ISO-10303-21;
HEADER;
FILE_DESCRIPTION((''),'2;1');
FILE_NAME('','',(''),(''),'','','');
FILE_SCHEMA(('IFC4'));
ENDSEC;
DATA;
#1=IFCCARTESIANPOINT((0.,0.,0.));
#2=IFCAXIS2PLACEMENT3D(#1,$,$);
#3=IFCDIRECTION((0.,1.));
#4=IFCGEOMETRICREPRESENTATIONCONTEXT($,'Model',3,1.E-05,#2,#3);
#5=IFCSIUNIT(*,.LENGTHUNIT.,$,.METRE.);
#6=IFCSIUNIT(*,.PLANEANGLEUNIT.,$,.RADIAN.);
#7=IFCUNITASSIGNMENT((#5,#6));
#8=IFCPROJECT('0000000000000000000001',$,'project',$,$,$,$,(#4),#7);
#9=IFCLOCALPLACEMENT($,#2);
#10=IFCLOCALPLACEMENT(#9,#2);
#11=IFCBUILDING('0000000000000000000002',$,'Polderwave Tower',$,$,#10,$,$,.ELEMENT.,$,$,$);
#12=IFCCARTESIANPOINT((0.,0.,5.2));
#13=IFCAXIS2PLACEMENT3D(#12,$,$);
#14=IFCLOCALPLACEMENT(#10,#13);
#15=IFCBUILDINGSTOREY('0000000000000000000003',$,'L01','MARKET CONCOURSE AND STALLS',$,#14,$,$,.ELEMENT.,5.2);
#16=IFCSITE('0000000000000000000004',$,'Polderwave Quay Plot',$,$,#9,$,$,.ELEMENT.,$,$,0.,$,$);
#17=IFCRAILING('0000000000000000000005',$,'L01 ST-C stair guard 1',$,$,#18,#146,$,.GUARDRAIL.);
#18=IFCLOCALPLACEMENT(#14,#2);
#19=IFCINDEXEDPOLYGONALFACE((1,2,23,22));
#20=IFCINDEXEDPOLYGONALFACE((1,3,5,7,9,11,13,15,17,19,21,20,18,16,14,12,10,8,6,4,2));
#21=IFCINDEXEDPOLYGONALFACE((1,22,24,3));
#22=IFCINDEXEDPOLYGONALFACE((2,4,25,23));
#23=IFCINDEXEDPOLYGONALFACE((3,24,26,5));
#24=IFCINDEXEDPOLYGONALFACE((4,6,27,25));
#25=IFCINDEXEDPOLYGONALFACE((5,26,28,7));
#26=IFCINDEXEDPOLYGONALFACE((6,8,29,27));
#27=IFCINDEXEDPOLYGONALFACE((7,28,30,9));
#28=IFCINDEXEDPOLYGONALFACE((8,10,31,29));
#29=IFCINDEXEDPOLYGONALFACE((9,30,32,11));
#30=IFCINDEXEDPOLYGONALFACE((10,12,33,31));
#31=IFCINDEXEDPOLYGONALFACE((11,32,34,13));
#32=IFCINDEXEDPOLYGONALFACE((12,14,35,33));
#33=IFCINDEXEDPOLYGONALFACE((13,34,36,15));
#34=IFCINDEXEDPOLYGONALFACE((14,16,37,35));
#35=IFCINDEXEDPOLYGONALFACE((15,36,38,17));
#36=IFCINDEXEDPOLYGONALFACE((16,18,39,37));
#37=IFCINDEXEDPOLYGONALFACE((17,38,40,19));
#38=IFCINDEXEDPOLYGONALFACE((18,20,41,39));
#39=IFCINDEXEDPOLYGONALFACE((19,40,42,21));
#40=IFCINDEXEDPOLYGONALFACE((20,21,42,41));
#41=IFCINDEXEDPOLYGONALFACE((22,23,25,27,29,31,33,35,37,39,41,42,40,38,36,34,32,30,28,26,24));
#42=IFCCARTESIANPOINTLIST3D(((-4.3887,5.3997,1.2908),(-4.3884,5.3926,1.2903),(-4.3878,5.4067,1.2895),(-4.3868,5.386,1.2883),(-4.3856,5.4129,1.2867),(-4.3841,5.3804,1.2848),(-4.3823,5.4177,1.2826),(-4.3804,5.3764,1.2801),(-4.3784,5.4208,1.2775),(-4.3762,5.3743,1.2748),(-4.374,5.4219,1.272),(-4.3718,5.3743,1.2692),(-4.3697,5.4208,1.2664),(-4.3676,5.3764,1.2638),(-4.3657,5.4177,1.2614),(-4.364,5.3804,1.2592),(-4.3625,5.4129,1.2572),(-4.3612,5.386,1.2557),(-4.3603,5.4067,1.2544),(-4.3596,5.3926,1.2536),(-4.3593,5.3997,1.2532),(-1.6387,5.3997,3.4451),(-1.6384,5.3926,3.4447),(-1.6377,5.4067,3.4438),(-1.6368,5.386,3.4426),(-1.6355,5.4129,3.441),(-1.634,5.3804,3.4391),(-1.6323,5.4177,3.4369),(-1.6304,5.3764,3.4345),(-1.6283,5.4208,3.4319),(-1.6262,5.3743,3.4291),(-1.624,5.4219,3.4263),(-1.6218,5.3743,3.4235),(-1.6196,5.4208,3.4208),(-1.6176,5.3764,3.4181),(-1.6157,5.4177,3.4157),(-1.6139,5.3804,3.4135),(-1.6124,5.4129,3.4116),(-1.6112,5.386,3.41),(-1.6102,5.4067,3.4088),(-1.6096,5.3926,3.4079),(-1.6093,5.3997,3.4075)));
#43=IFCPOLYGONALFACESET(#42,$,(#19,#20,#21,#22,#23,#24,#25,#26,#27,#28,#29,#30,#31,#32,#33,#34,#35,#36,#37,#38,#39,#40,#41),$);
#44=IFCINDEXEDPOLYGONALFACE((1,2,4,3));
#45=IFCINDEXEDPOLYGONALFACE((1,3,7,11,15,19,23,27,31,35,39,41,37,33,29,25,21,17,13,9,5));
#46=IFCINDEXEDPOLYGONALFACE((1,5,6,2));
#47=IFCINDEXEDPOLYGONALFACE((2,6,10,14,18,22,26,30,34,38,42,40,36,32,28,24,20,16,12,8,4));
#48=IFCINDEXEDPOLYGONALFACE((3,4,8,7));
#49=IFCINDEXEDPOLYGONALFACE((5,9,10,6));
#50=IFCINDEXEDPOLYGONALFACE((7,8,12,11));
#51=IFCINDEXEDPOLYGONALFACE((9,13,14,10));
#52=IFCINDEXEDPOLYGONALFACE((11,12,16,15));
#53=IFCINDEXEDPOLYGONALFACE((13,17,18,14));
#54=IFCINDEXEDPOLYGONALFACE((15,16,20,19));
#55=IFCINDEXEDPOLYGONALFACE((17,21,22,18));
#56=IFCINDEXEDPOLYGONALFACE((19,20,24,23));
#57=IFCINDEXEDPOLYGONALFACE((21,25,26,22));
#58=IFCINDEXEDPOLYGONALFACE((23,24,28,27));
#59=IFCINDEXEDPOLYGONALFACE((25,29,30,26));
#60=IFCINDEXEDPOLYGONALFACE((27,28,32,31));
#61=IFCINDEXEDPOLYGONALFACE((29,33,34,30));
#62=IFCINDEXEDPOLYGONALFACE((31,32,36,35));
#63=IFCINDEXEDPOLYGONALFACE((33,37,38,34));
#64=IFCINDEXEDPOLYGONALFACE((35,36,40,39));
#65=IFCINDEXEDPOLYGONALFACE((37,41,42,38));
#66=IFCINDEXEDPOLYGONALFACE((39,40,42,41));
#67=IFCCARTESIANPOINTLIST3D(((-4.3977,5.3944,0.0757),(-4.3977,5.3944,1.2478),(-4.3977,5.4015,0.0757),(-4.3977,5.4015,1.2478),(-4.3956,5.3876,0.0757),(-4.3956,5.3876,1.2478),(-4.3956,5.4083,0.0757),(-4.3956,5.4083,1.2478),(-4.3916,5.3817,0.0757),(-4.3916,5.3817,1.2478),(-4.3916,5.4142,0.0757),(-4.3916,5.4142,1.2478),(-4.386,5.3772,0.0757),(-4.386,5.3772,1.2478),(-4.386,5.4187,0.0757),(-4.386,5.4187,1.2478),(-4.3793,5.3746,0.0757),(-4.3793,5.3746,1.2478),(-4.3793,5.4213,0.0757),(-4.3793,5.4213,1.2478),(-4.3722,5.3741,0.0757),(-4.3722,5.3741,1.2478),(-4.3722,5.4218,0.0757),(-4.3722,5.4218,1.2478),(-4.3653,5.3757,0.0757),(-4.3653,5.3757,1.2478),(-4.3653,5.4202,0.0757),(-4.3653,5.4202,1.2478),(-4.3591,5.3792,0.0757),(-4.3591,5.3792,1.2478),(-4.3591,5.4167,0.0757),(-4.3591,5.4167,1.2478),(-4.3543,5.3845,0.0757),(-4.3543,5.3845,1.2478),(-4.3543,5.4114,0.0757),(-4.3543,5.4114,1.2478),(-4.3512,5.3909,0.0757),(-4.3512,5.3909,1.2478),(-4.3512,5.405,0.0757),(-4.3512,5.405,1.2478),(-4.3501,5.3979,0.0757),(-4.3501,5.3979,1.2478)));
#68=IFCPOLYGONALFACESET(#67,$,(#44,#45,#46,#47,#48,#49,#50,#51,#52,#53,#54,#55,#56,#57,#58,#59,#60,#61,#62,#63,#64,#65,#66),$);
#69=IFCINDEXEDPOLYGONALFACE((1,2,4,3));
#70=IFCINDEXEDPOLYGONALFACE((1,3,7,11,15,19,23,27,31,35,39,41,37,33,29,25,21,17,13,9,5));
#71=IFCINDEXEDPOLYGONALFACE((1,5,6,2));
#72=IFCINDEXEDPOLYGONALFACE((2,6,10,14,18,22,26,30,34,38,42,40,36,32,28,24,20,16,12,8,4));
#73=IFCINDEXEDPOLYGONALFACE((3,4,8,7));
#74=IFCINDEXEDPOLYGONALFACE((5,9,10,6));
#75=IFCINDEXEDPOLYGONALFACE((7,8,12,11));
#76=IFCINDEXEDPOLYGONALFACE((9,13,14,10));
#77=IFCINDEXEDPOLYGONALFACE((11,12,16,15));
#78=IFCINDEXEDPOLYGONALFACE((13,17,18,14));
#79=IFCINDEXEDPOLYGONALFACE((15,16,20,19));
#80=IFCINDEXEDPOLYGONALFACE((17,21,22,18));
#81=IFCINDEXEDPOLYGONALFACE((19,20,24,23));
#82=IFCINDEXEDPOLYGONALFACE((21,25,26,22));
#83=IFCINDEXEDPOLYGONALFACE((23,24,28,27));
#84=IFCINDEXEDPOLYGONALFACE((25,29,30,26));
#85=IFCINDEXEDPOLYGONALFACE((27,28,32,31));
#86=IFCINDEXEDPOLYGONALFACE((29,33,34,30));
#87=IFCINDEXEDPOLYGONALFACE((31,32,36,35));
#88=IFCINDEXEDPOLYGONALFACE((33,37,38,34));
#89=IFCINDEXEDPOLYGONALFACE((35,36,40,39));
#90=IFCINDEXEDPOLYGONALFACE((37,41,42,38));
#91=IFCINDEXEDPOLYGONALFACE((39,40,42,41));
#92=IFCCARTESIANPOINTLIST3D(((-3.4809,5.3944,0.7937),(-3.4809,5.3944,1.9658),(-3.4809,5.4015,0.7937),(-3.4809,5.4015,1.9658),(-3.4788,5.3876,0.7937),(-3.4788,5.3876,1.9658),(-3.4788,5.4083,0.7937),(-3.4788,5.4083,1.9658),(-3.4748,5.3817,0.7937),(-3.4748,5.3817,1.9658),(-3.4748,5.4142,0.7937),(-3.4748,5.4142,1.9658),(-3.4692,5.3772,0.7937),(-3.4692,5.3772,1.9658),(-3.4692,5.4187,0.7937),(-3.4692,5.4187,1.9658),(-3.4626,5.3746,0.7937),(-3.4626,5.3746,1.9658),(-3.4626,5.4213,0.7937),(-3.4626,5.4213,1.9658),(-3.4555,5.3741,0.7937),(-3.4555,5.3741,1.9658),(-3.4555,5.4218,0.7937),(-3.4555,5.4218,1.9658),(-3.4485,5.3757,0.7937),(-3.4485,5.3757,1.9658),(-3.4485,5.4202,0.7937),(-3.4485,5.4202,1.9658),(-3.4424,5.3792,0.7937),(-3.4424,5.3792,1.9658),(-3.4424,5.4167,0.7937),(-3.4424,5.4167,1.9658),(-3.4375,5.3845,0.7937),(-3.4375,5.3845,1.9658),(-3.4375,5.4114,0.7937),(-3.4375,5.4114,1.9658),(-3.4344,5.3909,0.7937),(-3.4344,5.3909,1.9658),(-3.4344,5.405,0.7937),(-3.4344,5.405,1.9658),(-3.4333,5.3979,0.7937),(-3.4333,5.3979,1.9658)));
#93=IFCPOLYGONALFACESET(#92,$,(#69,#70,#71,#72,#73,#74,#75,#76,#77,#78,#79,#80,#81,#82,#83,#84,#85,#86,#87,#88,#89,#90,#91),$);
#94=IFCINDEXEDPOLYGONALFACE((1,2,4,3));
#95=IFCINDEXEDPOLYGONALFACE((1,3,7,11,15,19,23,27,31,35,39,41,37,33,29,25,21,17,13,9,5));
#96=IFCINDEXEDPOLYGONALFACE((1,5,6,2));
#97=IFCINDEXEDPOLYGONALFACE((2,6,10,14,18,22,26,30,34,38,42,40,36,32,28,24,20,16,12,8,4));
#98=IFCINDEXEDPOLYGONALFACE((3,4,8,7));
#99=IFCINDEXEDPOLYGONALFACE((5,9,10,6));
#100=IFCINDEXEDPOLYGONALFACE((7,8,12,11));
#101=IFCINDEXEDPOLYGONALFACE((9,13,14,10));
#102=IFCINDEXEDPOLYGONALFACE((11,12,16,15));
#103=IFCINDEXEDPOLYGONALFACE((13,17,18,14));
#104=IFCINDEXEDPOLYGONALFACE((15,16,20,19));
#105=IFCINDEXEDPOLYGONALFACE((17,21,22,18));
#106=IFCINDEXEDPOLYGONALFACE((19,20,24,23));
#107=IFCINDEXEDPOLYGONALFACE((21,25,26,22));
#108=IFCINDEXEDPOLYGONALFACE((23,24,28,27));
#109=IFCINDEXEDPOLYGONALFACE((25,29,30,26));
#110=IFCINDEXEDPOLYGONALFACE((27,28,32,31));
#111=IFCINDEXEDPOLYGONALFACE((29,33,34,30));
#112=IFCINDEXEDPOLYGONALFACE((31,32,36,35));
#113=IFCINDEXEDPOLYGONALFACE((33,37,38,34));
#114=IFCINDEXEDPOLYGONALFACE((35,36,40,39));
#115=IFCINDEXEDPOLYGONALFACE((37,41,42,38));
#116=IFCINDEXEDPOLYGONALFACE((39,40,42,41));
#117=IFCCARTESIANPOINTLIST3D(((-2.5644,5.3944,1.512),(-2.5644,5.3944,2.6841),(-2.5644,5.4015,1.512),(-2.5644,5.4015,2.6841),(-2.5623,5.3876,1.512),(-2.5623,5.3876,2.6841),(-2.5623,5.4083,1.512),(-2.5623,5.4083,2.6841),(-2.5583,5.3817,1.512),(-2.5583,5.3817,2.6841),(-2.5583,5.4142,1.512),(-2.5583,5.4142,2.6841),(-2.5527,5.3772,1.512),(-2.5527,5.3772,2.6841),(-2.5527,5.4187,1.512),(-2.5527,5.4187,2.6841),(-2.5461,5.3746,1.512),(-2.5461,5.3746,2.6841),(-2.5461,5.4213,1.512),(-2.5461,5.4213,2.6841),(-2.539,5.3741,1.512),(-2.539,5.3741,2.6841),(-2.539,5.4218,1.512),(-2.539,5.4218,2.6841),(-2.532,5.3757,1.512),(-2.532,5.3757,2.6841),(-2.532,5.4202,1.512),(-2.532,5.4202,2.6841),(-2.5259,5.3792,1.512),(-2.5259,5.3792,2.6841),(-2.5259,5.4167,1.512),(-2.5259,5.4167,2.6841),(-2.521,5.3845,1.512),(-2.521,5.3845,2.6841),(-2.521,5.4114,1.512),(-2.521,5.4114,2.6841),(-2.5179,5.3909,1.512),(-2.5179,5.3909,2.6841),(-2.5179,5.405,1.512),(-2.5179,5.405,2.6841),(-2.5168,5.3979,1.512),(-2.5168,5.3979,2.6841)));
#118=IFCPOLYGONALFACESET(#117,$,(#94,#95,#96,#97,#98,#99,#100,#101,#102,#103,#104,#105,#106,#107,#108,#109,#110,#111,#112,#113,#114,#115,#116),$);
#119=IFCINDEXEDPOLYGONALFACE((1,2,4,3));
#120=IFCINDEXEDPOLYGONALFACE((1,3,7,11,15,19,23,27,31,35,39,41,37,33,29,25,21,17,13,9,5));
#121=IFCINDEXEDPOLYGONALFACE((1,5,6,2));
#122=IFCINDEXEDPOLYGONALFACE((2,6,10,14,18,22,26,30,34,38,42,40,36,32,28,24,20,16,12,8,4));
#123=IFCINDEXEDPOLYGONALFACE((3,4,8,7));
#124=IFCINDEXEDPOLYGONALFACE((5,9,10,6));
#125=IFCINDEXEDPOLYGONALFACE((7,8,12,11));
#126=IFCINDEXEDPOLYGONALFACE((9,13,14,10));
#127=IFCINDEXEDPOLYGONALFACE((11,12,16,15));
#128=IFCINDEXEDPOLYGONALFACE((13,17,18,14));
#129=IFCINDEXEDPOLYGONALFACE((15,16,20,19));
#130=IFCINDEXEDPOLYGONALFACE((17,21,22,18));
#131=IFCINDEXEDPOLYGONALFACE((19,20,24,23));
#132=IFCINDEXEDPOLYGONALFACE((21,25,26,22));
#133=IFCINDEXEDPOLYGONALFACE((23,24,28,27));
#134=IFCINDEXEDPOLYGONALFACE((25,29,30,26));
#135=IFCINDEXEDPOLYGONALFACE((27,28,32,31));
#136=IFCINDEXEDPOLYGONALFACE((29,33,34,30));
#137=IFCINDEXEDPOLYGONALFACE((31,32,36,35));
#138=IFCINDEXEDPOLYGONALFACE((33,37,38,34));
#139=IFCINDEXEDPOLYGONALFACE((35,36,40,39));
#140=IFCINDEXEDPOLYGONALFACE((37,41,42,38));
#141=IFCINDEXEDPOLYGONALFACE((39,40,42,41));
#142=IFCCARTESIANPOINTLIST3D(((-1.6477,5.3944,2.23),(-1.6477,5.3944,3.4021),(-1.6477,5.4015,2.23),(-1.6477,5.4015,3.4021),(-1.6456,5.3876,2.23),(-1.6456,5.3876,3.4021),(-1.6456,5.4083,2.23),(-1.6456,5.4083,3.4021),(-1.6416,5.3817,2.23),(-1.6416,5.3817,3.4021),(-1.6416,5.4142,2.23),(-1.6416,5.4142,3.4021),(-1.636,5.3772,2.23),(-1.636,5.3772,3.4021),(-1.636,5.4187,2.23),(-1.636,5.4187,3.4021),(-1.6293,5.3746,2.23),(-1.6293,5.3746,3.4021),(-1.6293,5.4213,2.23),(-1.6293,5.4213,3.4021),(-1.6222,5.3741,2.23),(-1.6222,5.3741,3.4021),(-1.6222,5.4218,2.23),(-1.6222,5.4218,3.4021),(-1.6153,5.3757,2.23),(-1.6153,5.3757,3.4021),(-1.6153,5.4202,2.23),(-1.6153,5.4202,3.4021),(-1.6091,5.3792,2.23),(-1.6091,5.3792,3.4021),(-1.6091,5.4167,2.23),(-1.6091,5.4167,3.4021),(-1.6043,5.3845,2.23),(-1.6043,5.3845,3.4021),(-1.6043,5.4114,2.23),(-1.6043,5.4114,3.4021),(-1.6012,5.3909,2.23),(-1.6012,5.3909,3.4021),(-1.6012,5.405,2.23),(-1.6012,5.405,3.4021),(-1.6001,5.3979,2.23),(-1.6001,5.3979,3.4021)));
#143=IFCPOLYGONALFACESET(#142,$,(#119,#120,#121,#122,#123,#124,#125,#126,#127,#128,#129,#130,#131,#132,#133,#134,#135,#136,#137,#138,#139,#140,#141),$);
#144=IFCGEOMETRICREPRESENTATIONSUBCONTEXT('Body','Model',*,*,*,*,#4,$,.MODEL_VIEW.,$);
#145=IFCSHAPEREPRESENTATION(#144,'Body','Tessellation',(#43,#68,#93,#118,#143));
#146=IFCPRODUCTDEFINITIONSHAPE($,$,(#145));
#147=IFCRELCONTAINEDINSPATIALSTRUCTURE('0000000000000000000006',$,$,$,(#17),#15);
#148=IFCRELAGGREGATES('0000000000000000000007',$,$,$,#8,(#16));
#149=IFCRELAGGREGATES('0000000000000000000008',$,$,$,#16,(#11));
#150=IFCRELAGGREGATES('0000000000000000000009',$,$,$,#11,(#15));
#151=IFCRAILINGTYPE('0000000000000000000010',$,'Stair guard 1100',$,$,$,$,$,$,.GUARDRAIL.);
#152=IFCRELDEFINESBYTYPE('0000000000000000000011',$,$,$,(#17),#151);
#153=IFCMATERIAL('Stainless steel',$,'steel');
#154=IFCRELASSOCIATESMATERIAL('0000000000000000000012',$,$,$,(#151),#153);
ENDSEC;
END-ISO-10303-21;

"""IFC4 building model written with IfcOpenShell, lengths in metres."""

from ifc_helpers import new_model, si_unit, direction, frame, origin, origin_2d, place, context, subcontext, project, spatial, circle, extrude, material, type_object, element, save


model = new_model("IFC4")

# Units and contexts
model_context = context("Model", 3, precision=1e-05, world=origin(), true_north=direction((0.0, 1.0)))
body_context = subcontext(model_context, "Body", "Model", "MODEL_VIEW")
ifc_project = project(units=[si_unit("LENGTHUNIT", "METRE"), si_unit("PLANEANGLEUNIT", "RADIAN")], contexts=[model_context])

# Site, building, storey
site_placement = place(None, origin())
site = spatial("IfcSite", under=ifc_project, at=site_placement, Name="Polderwave Quay Plot", CompositionType="ELEMENT", RefElevation=0.0)
building_placement = place(site_placement, origin())
building = spatial("IfcBuilding", under=site, at=building_placement, Name="Polderwave Tower", CompositionType="ELEMENT")
storey_placement = place(building_placement, frame((0.0, 0.0, 5.2)))
storey = spatial("IfcBuildingStorey", under=building, at=storey_placement, Name="L01", Description="MARKET CONCOURSE AND STALLS", CompositionType="ELEMENT", Elevation=5.2)

# Railing
ifc_material_1 = material(Name="Stainless steel", Category="steel")
railing_type_1 = type_object("IfcRailingType", Name="Stair guard 1100", PredefinedType="GUARDRAIL", material=ifc_material_1)
railing_1_placement = place(storey_placement, frame((-4.374, 5.3979, 0.0757)))
element("IfcRailing", 1, at=railing_1_placement, inside=storey, type_object=railing_type_1, Name="L01 ST-C stair guard 1", PredefinedType="GUARDRAIL", context=body_context, shape_type="SweptSolid", body=[
    extrude(circle(Radius=0.0239, at=origin_2d()), frame((0.0, 0.0, 1.1963), z_axis=(0.78721, 0.0, 0.616685), x_axis=(0.0, 1.0, 0.0)), (0.0, 0.0, 1.0), 3.4934),
    extrude(circle(Radius=0.0239, at=origin_2d()), origin(), (0.0, 0.0, 1.0), 1.1721),
    extrude(circle(Radius=0.0239, at=origin_2d()), frame((0.9167, 0.0, 0.718)), (0.0, 0.0, 1.0), 1.1721),
    extrude(circle(Radius=0.0239, at=origin_2d()), frame((1.8333, 0.0, 1.4363)), (0.0, 0.0, 1.0), 1.1721),
    extrude(circle(Radius=0.0239, at=origin_2d()), frame((2.75, 0.0, 2.1543)), (0.0, 0.0, 1.0), 1.1721),
])

save(model, "model.ifc")
